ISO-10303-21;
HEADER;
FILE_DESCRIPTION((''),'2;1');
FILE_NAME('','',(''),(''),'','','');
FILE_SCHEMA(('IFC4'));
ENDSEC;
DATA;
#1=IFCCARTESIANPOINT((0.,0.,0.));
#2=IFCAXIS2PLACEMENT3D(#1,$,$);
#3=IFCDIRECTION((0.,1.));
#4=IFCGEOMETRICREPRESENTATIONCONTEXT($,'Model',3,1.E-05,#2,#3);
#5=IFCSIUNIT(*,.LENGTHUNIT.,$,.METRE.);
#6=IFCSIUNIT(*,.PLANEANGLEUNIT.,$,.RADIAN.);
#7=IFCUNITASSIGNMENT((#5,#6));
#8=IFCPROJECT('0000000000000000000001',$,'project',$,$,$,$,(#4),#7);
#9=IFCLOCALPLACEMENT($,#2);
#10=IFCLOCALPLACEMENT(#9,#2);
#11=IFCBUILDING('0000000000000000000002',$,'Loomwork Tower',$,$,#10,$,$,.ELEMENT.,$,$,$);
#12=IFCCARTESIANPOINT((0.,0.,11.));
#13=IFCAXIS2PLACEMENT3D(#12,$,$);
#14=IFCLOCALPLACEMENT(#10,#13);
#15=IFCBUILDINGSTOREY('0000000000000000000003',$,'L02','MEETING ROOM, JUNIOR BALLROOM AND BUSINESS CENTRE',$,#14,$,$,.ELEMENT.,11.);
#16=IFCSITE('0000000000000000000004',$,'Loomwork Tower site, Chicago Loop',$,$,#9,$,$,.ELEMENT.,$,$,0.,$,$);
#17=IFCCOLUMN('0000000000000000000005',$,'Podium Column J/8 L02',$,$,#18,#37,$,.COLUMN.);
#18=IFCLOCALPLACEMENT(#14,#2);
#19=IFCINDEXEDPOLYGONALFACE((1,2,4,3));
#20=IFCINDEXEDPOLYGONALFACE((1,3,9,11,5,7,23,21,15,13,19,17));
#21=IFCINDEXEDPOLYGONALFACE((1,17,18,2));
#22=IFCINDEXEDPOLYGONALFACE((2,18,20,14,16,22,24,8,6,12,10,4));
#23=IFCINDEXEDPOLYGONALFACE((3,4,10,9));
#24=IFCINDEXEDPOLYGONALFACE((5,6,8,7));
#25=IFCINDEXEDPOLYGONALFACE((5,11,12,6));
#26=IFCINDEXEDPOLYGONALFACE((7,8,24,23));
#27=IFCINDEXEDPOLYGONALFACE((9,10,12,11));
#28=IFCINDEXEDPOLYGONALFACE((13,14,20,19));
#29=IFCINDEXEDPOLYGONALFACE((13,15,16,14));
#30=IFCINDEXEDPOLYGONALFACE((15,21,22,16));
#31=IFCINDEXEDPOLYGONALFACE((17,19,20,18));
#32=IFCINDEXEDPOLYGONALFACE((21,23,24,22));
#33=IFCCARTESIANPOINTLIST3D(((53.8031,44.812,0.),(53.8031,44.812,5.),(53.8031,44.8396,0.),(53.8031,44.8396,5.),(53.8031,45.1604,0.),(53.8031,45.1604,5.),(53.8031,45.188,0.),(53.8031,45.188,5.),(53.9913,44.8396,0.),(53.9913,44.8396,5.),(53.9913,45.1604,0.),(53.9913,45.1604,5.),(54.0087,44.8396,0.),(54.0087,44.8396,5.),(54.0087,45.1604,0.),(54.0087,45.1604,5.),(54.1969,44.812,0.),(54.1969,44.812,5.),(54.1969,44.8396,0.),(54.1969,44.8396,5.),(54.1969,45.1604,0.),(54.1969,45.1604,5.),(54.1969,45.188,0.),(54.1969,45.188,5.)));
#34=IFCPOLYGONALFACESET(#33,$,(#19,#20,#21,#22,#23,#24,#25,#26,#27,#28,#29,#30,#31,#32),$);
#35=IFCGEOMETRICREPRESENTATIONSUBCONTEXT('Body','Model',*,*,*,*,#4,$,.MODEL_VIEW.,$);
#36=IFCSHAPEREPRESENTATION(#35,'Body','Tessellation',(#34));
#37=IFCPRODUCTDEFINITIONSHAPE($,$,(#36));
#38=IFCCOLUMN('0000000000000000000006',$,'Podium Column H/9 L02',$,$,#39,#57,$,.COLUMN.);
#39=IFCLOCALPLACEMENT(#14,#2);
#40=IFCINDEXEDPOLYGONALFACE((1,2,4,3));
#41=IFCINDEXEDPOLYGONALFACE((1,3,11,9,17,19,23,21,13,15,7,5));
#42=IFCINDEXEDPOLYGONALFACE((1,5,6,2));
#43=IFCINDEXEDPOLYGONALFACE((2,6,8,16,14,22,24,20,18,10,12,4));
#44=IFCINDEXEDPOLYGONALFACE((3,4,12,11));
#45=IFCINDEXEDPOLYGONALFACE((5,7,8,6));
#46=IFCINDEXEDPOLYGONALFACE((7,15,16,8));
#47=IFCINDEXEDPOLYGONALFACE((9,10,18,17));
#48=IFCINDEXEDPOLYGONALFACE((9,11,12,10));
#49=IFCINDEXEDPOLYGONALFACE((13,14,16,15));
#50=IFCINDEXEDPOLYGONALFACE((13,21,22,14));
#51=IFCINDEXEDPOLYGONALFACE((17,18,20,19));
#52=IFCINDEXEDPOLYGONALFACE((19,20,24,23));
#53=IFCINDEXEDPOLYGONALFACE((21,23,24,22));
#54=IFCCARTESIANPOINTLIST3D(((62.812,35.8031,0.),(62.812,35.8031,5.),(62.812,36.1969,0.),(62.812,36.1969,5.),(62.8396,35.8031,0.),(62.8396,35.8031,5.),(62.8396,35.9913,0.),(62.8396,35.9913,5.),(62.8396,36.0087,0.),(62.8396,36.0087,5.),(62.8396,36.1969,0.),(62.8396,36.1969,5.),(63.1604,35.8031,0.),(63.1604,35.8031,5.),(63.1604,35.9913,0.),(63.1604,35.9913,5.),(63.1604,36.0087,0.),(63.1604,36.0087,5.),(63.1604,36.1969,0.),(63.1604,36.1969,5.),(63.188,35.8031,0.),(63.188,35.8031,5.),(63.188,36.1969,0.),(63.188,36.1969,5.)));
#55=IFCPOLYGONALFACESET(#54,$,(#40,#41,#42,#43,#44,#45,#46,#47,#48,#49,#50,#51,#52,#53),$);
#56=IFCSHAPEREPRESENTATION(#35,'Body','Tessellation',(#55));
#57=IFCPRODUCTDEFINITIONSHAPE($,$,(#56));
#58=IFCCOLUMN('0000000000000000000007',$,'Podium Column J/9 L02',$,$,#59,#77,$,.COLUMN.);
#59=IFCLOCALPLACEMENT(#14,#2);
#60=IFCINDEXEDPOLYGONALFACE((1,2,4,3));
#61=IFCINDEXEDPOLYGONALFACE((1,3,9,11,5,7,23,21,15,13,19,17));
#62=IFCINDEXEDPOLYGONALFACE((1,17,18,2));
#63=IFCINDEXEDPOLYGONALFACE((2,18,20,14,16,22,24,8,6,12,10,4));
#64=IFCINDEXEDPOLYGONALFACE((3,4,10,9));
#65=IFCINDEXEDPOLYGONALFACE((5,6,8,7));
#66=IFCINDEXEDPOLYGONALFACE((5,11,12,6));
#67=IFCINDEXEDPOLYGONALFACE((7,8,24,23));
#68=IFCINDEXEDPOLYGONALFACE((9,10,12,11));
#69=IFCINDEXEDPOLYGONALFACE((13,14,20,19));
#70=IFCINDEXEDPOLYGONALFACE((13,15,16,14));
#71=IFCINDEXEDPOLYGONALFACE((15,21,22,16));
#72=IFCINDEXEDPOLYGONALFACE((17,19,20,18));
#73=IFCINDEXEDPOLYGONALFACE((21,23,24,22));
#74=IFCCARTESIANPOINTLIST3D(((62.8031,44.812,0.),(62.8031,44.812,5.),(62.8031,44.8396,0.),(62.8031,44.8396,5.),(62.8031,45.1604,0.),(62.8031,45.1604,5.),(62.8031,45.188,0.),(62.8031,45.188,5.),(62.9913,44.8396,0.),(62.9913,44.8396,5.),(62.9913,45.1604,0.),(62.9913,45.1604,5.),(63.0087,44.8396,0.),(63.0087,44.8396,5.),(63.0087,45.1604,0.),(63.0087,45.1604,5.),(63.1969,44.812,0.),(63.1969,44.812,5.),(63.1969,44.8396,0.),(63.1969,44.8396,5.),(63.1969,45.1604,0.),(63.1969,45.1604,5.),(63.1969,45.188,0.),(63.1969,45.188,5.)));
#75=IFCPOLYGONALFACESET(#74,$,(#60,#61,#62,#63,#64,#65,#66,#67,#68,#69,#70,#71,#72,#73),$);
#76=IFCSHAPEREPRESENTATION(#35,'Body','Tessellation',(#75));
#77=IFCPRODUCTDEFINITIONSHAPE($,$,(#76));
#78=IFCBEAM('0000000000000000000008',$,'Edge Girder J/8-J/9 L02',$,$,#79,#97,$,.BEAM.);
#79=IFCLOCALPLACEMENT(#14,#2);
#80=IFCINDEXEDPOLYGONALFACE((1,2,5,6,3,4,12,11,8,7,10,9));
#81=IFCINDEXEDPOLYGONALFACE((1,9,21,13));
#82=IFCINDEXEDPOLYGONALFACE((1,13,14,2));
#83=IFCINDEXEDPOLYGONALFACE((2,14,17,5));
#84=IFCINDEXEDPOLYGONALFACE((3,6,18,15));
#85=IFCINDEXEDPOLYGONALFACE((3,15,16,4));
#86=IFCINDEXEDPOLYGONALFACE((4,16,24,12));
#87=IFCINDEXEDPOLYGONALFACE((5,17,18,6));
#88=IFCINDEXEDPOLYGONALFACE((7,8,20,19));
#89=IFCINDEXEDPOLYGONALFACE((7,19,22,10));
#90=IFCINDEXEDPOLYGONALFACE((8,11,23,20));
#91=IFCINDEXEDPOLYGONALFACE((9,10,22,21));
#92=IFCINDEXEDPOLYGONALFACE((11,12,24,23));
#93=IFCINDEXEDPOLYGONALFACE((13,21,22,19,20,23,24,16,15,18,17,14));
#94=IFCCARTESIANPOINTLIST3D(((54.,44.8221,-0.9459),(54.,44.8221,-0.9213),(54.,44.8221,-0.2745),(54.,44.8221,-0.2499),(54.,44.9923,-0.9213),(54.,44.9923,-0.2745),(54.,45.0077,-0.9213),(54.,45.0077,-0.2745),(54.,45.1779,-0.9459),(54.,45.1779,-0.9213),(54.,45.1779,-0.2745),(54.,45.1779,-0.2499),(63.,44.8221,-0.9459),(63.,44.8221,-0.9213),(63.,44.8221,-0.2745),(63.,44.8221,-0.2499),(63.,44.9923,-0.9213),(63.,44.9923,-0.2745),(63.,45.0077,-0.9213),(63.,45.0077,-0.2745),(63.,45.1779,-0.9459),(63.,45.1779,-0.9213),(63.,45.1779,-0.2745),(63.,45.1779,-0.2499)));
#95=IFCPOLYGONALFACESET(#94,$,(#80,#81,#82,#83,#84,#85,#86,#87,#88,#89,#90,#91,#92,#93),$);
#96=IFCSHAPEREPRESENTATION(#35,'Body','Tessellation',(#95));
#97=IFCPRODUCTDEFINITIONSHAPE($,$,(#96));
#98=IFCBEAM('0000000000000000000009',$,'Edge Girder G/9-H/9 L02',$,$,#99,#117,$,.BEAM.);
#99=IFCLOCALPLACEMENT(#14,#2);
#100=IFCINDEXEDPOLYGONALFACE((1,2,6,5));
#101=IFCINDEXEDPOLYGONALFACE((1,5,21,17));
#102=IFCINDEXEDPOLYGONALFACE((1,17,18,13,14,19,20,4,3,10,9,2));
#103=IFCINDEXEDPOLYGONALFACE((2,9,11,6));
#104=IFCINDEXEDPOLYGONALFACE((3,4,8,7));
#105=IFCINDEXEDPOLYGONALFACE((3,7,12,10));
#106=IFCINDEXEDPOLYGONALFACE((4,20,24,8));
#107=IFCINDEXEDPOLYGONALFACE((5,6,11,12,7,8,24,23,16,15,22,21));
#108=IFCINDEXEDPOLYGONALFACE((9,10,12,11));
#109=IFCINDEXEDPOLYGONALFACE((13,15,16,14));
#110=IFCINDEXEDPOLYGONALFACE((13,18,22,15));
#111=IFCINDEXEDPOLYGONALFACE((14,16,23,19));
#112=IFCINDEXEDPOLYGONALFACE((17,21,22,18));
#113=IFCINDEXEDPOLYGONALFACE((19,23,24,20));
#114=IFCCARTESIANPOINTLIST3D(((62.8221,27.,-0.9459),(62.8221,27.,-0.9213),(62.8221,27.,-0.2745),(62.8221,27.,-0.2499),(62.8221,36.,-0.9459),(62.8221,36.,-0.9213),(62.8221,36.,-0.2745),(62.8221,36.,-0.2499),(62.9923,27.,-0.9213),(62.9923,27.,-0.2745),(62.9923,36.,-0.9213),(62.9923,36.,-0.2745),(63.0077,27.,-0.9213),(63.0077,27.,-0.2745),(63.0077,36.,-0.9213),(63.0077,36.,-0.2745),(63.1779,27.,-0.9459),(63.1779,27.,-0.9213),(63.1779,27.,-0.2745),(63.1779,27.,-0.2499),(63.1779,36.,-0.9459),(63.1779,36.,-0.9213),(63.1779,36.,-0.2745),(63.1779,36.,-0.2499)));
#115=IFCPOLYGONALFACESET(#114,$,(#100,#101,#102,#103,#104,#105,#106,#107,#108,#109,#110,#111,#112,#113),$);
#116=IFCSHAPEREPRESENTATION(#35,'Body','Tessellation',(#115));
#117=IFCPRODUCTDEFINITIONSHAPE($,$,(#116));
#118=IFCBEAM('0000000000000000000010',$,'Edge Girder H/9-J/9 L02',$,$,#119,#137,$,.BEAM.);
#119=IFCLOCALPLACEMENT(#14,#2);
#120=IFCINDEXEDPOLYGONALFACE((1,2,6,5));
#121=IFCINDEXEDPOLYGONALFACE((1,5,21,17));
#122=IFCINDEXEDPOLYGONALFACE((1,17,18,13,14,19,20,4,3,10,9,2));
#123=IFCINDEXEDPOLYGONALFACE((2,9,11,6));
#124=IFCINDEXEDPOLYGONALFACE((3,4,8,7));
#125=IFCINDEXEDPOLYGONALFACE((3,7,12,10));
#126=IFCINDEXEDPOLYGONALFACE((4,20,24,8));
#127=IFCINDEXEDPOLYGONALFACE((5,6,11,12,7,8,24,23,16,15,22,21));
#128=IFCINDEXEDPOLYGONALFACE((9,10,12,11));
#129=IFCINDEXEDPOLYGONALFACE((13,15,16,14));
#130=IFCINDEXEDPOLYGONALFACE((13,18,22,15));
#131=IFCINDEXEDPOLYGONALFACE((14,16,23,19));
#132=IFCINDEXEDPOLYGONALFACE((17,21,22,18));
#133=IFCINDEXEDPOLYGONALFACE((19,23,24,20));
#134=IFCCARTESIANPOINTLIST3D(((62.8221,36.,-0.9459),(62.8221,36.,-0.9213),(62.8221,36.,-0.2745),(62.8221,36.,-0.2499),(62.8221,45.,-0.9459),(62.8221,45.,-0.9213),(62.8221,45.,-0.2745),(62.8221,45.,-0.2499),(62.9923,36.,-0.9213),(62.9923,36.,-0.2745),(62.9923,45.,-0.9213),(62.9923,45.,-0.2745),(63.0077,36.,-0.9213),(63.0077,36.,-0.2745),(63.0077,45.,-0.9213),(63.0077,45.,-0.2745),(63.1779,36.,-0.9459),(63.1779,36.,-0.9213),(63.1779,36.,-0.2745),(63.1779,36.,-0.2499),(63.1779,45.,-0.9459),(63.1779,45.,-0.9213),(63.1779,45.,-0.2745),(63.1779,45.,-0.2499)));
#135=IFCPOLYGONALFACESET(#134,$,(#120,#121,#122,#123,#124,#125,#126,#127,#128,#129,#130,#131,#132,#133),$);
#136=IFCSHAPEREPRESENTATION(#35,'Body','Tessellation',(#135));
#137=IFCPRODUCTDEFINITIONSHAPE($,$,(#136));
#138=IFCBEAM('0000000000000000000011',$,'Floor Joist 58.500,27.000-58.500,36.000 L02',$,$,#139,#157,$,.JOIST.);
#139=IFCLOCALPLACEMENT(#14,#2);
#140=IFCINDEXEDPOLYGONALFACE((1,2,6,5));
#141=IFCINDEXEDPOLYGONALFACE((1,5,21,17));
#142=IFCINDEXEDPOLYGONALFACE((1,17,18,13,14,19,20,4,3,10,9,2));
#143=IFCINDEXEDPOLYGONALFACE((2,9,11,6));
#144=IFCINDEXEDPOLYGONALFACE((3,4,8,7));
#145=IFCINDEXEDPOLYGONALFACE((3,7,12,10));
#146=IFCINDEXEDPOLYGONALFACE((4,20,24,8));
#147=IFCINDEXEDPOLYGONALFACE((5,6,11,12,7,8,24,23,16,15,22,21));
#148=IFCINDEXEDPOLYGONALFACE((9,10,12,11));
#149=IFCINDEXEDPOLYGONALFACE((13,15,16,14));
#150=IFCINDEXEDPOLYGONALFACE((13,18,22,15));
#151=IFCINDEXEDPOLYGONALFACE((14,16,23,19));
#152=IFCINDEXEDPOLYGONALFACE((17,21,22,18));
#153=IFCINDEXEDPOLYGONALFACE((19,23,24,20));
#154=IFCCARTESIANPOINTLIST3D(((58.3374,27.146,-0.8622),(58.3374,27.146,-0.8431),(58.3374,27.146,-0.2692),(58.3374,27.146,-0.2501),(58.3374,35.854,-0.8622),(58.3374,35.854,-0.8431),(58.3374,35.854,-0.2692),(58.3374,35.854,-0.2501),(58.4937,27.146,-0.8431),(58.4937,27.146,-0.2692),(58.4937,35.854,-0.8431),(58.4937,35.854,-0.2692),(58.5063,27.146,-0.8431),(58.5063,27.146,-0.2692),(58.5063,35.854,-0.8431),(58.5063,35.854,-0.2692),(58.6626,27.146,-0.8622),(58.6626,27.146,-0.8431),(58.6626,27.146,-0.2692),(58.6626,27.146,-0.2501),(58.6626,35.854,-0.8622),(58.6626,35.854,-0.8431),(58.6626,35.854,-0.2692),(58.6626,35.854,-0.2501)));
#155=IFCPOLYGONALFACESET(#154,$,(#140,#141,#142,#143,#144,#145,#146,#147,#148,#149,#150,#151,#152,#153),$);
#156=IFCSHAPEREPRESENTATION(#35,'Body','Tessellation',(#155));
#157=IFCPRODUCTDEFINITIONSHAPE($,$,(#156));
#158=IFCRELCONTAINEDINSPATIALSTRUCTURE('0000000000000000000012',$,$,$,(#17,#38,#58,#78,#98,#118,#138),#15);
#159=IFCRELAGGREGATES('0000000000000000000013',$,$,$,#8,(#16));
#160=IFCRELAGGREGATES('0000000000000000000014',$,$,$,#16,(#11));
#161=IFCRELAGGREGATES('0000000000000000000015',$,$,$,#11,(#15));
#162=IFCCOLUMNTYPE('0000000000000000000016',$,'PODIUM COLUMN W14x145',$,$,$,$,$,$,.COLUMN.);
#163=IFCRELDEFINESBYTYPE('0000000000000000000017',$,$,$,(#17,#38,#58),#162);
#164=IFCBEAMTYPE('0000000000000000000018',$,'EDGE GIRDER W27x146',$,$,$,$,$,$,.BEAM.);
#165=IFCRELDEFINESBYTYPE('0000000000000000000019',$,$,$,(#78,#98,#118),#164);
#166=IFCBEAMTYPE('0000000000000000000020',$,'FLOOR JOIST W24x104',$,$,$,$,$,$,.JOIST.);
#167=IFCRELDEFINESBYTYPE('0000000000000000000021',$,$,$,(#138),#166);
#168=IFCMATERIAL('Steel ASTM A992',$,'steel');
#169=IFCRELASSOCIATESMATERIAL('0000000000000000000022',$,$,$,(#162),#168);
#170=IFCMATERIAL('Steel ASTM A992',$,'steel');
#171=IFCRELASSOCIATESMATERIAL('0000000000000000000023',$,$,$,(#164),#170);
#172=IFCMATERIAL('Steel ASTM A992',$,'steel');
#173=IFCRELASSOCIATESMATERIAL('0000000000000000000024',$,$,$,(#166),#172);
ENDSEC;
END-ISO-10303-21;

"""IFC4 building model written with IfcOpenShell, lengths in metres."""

from ifc_helpers import new_model, si_unit, direction, frame, origin, origin_2d, place, context, subcontext, project, spatial, i_section, extrude, material, material_profile, profile_set, type_object, element, save


model = new_model("IFC4")

# Units and contexts
model_context = context("Model", 3, precision=1e-05, world=origin(), true_north=direction((0.0, 1.0)))
body_context = subcontext(model_context, "Body", "Model", "MODEL_VIEW")
ifc_project = project(units=[si_unit("LENGTHUNIT", "METRE"), si_unit("PLANEANGLEUNIT", "RADIAN")], contexts=[model_context])

# Site, building, storey
site_placement = place(None, origin())
site = spatial("IfcSite", under=ifc_project, at=site_placement, Name="Loomwork Tower site, Chicago Loop", CompositionType="ELEMENT", RefElevation=0.0)
building_placement = place(site_placement, origin())
building = spatial("IfcBuilding", under=site, at=building_placement, Name="Loomwork Tower", CompositionType="ELEMENT")
storey_placement = place(building_placement, frame((0.0, 0.0, 11.0)))
storey = spatial("IfcBuildingStorey", under=building, at=storey_placement, Name="L02", Description="MEETING ROOM, JUNIOR BALLROOM AND BUSINESS CENTRE", CompositionType="ELEMENT", Elevation=11.0)

# Columns
ifc_material_1 = material(Name="Steel ASTM A992", Category="steel")
ifc_material_profile_1 = material_profile(ifc_material_1, i_section(OverallWidth=0.3938, OverallDepth=0.376, WebThickness=0.0173, FlangeThickness=0.0276, at=origin_2d()), Name="W14x145")
ifc_profile_set_1 = profile_set([ifc_material_profile_1], Name="Steel ASTM A992")
column_type = type_object("IfcColumnType", Name="PODIUM COLUMN W14x145", PredefinedType="COLUMN", material=ifc_profile_set_1)
for number, where, z_axis, x_axis, name in (
    (1, (54.0, 45.0, 0.0), (0.0, 0.0, 1.0), (1.0, 0.0, 0.0), "Podium Column J/8 L02"),
    (2, (63.0, 36.0, 0.0), (0.0, 0.0, 1.0), (0.0, 1.0, 0.0), "Podium Column H/9 L02"),
    (3, (63.0, 45.0, 0.0), (0.0, 0.0, 1.0), (1.0, 0.0, 0.0), "Podium Column J/9 L02"),
):
    element("IfcColumn", number, at=place(storey_placement, frame(where, z_axis=z_axis, x_axis=x_axis)), inside=storey, type_object=column_type, Name=name, PredefinedType="COLUMN", context=body_context, shape_type="SweptSolid", body=[
        extrude(i_section(OverallWidth=0.3938, OverallDepth=0.376, WebThickness=0.0173, FlangeThickness=0.0276, at=origin_2d()), origin(), (0.0, 0.0, 1.0), 5.0),
    ])

# Beams
ifc_material_2 = material(Name="Steel ASTM A992", Category="steel")
ifc_material_profile_2 = material_profile(ifc_material_2, i_section(OverallWidth=0.3557, OverallDepth=0.696, WebThickness=0.0154, FlangeThickness=0.0247, at=origin_2d()), Name="W27x146")
ifc_profile_set_2 = profile_set([ifc_material_profile_2], Name="Steel ASTM A992")
beam_type_1 = type_object("IfcBeamType", Name="EDGE GIRDER W27x146", PredefinedType="BEAM", material=ifc_profile_set_2)
for number, where, z_axis, x_axis, name in (
    (4, (54.0, 45.0, -0.5979), (1.0, 0.0, 0.0), (0.0, 1.0, 0.0), "Edge Girder J/8-J/9 L02"),
    (5, (63.0, 27.0, -0.5979), (0.0, 1.0, 0.0), (-1.0, 0.0, 0.0), "Edge Girder G/9-H/9 L02"),
    (6, (63.0, 36.0, -0.5979), (0.0, 1.0, 0.0), (-1.0, 0.0, 0.0), "Edge Girder H/9-J/9 L02"),
):
    element("IfcBeam", number, at=place(storey_placement, frame(where, z_axis=z_axis, x_axis=x_axis)), inside=storey, type_object=beam_type_1, Name=name, PredefinedType="BEAM", context=body_context, shape_type="SweptSolid", body=[
        extrude(i_section(OverallWidth=0.3557, OverallDepth=0.696, WebThickness=0.0154, FlangeThickness=0.0247, at=origin_2d()), origin(), (0.0, 0.0, 1.0), 9.0),
    ])
ifc_material_3 = material(Name="Steel ASTM A992", Category="steel")
ifc_material_profile_3 = material_profile(ifc_material_3, i_section(OverallWidth=0.3252, OverallDepth=0.6121, WebThickness=0.0127, FlangeThickness=0.019, at=origin_2d()), Name="W24x104")
ifc_profile_set_3 = profile_set([ifc_material_profile_3], Name="Steel ASTM A992")
beam_type_2 = type_object("IfcBeamType", Name="FLOOR JOIST W24x104", PredefinedType="JOIST", material=ifc_profile_set_3)
beam_placement = place(storey_placement, frame((58.5, 27.146, -0.5562), z_axis=(0.0, 1.0, 0.0), x_axis=(-1.0, 0.0, 0.0)))
element("IfcBeam", 7, at=beam_placement, inside=storey, type_object=beam_type_2, Name="Floor Joist 58.500,27.000-58.500,36.000 L02", PredefinedType="JOIST", context=body_context, shape_type="SweptSolid", body=[
    extrude(i_section(OverallWidth=0.3252, OverallDepth=0.6121, WebThickness=0.0127, FlangeThickness=0.019, at=origin_2d()), origin(), (0.0, 0.0, 1.0), 8.708),
])

save(model, "model.ifc")
